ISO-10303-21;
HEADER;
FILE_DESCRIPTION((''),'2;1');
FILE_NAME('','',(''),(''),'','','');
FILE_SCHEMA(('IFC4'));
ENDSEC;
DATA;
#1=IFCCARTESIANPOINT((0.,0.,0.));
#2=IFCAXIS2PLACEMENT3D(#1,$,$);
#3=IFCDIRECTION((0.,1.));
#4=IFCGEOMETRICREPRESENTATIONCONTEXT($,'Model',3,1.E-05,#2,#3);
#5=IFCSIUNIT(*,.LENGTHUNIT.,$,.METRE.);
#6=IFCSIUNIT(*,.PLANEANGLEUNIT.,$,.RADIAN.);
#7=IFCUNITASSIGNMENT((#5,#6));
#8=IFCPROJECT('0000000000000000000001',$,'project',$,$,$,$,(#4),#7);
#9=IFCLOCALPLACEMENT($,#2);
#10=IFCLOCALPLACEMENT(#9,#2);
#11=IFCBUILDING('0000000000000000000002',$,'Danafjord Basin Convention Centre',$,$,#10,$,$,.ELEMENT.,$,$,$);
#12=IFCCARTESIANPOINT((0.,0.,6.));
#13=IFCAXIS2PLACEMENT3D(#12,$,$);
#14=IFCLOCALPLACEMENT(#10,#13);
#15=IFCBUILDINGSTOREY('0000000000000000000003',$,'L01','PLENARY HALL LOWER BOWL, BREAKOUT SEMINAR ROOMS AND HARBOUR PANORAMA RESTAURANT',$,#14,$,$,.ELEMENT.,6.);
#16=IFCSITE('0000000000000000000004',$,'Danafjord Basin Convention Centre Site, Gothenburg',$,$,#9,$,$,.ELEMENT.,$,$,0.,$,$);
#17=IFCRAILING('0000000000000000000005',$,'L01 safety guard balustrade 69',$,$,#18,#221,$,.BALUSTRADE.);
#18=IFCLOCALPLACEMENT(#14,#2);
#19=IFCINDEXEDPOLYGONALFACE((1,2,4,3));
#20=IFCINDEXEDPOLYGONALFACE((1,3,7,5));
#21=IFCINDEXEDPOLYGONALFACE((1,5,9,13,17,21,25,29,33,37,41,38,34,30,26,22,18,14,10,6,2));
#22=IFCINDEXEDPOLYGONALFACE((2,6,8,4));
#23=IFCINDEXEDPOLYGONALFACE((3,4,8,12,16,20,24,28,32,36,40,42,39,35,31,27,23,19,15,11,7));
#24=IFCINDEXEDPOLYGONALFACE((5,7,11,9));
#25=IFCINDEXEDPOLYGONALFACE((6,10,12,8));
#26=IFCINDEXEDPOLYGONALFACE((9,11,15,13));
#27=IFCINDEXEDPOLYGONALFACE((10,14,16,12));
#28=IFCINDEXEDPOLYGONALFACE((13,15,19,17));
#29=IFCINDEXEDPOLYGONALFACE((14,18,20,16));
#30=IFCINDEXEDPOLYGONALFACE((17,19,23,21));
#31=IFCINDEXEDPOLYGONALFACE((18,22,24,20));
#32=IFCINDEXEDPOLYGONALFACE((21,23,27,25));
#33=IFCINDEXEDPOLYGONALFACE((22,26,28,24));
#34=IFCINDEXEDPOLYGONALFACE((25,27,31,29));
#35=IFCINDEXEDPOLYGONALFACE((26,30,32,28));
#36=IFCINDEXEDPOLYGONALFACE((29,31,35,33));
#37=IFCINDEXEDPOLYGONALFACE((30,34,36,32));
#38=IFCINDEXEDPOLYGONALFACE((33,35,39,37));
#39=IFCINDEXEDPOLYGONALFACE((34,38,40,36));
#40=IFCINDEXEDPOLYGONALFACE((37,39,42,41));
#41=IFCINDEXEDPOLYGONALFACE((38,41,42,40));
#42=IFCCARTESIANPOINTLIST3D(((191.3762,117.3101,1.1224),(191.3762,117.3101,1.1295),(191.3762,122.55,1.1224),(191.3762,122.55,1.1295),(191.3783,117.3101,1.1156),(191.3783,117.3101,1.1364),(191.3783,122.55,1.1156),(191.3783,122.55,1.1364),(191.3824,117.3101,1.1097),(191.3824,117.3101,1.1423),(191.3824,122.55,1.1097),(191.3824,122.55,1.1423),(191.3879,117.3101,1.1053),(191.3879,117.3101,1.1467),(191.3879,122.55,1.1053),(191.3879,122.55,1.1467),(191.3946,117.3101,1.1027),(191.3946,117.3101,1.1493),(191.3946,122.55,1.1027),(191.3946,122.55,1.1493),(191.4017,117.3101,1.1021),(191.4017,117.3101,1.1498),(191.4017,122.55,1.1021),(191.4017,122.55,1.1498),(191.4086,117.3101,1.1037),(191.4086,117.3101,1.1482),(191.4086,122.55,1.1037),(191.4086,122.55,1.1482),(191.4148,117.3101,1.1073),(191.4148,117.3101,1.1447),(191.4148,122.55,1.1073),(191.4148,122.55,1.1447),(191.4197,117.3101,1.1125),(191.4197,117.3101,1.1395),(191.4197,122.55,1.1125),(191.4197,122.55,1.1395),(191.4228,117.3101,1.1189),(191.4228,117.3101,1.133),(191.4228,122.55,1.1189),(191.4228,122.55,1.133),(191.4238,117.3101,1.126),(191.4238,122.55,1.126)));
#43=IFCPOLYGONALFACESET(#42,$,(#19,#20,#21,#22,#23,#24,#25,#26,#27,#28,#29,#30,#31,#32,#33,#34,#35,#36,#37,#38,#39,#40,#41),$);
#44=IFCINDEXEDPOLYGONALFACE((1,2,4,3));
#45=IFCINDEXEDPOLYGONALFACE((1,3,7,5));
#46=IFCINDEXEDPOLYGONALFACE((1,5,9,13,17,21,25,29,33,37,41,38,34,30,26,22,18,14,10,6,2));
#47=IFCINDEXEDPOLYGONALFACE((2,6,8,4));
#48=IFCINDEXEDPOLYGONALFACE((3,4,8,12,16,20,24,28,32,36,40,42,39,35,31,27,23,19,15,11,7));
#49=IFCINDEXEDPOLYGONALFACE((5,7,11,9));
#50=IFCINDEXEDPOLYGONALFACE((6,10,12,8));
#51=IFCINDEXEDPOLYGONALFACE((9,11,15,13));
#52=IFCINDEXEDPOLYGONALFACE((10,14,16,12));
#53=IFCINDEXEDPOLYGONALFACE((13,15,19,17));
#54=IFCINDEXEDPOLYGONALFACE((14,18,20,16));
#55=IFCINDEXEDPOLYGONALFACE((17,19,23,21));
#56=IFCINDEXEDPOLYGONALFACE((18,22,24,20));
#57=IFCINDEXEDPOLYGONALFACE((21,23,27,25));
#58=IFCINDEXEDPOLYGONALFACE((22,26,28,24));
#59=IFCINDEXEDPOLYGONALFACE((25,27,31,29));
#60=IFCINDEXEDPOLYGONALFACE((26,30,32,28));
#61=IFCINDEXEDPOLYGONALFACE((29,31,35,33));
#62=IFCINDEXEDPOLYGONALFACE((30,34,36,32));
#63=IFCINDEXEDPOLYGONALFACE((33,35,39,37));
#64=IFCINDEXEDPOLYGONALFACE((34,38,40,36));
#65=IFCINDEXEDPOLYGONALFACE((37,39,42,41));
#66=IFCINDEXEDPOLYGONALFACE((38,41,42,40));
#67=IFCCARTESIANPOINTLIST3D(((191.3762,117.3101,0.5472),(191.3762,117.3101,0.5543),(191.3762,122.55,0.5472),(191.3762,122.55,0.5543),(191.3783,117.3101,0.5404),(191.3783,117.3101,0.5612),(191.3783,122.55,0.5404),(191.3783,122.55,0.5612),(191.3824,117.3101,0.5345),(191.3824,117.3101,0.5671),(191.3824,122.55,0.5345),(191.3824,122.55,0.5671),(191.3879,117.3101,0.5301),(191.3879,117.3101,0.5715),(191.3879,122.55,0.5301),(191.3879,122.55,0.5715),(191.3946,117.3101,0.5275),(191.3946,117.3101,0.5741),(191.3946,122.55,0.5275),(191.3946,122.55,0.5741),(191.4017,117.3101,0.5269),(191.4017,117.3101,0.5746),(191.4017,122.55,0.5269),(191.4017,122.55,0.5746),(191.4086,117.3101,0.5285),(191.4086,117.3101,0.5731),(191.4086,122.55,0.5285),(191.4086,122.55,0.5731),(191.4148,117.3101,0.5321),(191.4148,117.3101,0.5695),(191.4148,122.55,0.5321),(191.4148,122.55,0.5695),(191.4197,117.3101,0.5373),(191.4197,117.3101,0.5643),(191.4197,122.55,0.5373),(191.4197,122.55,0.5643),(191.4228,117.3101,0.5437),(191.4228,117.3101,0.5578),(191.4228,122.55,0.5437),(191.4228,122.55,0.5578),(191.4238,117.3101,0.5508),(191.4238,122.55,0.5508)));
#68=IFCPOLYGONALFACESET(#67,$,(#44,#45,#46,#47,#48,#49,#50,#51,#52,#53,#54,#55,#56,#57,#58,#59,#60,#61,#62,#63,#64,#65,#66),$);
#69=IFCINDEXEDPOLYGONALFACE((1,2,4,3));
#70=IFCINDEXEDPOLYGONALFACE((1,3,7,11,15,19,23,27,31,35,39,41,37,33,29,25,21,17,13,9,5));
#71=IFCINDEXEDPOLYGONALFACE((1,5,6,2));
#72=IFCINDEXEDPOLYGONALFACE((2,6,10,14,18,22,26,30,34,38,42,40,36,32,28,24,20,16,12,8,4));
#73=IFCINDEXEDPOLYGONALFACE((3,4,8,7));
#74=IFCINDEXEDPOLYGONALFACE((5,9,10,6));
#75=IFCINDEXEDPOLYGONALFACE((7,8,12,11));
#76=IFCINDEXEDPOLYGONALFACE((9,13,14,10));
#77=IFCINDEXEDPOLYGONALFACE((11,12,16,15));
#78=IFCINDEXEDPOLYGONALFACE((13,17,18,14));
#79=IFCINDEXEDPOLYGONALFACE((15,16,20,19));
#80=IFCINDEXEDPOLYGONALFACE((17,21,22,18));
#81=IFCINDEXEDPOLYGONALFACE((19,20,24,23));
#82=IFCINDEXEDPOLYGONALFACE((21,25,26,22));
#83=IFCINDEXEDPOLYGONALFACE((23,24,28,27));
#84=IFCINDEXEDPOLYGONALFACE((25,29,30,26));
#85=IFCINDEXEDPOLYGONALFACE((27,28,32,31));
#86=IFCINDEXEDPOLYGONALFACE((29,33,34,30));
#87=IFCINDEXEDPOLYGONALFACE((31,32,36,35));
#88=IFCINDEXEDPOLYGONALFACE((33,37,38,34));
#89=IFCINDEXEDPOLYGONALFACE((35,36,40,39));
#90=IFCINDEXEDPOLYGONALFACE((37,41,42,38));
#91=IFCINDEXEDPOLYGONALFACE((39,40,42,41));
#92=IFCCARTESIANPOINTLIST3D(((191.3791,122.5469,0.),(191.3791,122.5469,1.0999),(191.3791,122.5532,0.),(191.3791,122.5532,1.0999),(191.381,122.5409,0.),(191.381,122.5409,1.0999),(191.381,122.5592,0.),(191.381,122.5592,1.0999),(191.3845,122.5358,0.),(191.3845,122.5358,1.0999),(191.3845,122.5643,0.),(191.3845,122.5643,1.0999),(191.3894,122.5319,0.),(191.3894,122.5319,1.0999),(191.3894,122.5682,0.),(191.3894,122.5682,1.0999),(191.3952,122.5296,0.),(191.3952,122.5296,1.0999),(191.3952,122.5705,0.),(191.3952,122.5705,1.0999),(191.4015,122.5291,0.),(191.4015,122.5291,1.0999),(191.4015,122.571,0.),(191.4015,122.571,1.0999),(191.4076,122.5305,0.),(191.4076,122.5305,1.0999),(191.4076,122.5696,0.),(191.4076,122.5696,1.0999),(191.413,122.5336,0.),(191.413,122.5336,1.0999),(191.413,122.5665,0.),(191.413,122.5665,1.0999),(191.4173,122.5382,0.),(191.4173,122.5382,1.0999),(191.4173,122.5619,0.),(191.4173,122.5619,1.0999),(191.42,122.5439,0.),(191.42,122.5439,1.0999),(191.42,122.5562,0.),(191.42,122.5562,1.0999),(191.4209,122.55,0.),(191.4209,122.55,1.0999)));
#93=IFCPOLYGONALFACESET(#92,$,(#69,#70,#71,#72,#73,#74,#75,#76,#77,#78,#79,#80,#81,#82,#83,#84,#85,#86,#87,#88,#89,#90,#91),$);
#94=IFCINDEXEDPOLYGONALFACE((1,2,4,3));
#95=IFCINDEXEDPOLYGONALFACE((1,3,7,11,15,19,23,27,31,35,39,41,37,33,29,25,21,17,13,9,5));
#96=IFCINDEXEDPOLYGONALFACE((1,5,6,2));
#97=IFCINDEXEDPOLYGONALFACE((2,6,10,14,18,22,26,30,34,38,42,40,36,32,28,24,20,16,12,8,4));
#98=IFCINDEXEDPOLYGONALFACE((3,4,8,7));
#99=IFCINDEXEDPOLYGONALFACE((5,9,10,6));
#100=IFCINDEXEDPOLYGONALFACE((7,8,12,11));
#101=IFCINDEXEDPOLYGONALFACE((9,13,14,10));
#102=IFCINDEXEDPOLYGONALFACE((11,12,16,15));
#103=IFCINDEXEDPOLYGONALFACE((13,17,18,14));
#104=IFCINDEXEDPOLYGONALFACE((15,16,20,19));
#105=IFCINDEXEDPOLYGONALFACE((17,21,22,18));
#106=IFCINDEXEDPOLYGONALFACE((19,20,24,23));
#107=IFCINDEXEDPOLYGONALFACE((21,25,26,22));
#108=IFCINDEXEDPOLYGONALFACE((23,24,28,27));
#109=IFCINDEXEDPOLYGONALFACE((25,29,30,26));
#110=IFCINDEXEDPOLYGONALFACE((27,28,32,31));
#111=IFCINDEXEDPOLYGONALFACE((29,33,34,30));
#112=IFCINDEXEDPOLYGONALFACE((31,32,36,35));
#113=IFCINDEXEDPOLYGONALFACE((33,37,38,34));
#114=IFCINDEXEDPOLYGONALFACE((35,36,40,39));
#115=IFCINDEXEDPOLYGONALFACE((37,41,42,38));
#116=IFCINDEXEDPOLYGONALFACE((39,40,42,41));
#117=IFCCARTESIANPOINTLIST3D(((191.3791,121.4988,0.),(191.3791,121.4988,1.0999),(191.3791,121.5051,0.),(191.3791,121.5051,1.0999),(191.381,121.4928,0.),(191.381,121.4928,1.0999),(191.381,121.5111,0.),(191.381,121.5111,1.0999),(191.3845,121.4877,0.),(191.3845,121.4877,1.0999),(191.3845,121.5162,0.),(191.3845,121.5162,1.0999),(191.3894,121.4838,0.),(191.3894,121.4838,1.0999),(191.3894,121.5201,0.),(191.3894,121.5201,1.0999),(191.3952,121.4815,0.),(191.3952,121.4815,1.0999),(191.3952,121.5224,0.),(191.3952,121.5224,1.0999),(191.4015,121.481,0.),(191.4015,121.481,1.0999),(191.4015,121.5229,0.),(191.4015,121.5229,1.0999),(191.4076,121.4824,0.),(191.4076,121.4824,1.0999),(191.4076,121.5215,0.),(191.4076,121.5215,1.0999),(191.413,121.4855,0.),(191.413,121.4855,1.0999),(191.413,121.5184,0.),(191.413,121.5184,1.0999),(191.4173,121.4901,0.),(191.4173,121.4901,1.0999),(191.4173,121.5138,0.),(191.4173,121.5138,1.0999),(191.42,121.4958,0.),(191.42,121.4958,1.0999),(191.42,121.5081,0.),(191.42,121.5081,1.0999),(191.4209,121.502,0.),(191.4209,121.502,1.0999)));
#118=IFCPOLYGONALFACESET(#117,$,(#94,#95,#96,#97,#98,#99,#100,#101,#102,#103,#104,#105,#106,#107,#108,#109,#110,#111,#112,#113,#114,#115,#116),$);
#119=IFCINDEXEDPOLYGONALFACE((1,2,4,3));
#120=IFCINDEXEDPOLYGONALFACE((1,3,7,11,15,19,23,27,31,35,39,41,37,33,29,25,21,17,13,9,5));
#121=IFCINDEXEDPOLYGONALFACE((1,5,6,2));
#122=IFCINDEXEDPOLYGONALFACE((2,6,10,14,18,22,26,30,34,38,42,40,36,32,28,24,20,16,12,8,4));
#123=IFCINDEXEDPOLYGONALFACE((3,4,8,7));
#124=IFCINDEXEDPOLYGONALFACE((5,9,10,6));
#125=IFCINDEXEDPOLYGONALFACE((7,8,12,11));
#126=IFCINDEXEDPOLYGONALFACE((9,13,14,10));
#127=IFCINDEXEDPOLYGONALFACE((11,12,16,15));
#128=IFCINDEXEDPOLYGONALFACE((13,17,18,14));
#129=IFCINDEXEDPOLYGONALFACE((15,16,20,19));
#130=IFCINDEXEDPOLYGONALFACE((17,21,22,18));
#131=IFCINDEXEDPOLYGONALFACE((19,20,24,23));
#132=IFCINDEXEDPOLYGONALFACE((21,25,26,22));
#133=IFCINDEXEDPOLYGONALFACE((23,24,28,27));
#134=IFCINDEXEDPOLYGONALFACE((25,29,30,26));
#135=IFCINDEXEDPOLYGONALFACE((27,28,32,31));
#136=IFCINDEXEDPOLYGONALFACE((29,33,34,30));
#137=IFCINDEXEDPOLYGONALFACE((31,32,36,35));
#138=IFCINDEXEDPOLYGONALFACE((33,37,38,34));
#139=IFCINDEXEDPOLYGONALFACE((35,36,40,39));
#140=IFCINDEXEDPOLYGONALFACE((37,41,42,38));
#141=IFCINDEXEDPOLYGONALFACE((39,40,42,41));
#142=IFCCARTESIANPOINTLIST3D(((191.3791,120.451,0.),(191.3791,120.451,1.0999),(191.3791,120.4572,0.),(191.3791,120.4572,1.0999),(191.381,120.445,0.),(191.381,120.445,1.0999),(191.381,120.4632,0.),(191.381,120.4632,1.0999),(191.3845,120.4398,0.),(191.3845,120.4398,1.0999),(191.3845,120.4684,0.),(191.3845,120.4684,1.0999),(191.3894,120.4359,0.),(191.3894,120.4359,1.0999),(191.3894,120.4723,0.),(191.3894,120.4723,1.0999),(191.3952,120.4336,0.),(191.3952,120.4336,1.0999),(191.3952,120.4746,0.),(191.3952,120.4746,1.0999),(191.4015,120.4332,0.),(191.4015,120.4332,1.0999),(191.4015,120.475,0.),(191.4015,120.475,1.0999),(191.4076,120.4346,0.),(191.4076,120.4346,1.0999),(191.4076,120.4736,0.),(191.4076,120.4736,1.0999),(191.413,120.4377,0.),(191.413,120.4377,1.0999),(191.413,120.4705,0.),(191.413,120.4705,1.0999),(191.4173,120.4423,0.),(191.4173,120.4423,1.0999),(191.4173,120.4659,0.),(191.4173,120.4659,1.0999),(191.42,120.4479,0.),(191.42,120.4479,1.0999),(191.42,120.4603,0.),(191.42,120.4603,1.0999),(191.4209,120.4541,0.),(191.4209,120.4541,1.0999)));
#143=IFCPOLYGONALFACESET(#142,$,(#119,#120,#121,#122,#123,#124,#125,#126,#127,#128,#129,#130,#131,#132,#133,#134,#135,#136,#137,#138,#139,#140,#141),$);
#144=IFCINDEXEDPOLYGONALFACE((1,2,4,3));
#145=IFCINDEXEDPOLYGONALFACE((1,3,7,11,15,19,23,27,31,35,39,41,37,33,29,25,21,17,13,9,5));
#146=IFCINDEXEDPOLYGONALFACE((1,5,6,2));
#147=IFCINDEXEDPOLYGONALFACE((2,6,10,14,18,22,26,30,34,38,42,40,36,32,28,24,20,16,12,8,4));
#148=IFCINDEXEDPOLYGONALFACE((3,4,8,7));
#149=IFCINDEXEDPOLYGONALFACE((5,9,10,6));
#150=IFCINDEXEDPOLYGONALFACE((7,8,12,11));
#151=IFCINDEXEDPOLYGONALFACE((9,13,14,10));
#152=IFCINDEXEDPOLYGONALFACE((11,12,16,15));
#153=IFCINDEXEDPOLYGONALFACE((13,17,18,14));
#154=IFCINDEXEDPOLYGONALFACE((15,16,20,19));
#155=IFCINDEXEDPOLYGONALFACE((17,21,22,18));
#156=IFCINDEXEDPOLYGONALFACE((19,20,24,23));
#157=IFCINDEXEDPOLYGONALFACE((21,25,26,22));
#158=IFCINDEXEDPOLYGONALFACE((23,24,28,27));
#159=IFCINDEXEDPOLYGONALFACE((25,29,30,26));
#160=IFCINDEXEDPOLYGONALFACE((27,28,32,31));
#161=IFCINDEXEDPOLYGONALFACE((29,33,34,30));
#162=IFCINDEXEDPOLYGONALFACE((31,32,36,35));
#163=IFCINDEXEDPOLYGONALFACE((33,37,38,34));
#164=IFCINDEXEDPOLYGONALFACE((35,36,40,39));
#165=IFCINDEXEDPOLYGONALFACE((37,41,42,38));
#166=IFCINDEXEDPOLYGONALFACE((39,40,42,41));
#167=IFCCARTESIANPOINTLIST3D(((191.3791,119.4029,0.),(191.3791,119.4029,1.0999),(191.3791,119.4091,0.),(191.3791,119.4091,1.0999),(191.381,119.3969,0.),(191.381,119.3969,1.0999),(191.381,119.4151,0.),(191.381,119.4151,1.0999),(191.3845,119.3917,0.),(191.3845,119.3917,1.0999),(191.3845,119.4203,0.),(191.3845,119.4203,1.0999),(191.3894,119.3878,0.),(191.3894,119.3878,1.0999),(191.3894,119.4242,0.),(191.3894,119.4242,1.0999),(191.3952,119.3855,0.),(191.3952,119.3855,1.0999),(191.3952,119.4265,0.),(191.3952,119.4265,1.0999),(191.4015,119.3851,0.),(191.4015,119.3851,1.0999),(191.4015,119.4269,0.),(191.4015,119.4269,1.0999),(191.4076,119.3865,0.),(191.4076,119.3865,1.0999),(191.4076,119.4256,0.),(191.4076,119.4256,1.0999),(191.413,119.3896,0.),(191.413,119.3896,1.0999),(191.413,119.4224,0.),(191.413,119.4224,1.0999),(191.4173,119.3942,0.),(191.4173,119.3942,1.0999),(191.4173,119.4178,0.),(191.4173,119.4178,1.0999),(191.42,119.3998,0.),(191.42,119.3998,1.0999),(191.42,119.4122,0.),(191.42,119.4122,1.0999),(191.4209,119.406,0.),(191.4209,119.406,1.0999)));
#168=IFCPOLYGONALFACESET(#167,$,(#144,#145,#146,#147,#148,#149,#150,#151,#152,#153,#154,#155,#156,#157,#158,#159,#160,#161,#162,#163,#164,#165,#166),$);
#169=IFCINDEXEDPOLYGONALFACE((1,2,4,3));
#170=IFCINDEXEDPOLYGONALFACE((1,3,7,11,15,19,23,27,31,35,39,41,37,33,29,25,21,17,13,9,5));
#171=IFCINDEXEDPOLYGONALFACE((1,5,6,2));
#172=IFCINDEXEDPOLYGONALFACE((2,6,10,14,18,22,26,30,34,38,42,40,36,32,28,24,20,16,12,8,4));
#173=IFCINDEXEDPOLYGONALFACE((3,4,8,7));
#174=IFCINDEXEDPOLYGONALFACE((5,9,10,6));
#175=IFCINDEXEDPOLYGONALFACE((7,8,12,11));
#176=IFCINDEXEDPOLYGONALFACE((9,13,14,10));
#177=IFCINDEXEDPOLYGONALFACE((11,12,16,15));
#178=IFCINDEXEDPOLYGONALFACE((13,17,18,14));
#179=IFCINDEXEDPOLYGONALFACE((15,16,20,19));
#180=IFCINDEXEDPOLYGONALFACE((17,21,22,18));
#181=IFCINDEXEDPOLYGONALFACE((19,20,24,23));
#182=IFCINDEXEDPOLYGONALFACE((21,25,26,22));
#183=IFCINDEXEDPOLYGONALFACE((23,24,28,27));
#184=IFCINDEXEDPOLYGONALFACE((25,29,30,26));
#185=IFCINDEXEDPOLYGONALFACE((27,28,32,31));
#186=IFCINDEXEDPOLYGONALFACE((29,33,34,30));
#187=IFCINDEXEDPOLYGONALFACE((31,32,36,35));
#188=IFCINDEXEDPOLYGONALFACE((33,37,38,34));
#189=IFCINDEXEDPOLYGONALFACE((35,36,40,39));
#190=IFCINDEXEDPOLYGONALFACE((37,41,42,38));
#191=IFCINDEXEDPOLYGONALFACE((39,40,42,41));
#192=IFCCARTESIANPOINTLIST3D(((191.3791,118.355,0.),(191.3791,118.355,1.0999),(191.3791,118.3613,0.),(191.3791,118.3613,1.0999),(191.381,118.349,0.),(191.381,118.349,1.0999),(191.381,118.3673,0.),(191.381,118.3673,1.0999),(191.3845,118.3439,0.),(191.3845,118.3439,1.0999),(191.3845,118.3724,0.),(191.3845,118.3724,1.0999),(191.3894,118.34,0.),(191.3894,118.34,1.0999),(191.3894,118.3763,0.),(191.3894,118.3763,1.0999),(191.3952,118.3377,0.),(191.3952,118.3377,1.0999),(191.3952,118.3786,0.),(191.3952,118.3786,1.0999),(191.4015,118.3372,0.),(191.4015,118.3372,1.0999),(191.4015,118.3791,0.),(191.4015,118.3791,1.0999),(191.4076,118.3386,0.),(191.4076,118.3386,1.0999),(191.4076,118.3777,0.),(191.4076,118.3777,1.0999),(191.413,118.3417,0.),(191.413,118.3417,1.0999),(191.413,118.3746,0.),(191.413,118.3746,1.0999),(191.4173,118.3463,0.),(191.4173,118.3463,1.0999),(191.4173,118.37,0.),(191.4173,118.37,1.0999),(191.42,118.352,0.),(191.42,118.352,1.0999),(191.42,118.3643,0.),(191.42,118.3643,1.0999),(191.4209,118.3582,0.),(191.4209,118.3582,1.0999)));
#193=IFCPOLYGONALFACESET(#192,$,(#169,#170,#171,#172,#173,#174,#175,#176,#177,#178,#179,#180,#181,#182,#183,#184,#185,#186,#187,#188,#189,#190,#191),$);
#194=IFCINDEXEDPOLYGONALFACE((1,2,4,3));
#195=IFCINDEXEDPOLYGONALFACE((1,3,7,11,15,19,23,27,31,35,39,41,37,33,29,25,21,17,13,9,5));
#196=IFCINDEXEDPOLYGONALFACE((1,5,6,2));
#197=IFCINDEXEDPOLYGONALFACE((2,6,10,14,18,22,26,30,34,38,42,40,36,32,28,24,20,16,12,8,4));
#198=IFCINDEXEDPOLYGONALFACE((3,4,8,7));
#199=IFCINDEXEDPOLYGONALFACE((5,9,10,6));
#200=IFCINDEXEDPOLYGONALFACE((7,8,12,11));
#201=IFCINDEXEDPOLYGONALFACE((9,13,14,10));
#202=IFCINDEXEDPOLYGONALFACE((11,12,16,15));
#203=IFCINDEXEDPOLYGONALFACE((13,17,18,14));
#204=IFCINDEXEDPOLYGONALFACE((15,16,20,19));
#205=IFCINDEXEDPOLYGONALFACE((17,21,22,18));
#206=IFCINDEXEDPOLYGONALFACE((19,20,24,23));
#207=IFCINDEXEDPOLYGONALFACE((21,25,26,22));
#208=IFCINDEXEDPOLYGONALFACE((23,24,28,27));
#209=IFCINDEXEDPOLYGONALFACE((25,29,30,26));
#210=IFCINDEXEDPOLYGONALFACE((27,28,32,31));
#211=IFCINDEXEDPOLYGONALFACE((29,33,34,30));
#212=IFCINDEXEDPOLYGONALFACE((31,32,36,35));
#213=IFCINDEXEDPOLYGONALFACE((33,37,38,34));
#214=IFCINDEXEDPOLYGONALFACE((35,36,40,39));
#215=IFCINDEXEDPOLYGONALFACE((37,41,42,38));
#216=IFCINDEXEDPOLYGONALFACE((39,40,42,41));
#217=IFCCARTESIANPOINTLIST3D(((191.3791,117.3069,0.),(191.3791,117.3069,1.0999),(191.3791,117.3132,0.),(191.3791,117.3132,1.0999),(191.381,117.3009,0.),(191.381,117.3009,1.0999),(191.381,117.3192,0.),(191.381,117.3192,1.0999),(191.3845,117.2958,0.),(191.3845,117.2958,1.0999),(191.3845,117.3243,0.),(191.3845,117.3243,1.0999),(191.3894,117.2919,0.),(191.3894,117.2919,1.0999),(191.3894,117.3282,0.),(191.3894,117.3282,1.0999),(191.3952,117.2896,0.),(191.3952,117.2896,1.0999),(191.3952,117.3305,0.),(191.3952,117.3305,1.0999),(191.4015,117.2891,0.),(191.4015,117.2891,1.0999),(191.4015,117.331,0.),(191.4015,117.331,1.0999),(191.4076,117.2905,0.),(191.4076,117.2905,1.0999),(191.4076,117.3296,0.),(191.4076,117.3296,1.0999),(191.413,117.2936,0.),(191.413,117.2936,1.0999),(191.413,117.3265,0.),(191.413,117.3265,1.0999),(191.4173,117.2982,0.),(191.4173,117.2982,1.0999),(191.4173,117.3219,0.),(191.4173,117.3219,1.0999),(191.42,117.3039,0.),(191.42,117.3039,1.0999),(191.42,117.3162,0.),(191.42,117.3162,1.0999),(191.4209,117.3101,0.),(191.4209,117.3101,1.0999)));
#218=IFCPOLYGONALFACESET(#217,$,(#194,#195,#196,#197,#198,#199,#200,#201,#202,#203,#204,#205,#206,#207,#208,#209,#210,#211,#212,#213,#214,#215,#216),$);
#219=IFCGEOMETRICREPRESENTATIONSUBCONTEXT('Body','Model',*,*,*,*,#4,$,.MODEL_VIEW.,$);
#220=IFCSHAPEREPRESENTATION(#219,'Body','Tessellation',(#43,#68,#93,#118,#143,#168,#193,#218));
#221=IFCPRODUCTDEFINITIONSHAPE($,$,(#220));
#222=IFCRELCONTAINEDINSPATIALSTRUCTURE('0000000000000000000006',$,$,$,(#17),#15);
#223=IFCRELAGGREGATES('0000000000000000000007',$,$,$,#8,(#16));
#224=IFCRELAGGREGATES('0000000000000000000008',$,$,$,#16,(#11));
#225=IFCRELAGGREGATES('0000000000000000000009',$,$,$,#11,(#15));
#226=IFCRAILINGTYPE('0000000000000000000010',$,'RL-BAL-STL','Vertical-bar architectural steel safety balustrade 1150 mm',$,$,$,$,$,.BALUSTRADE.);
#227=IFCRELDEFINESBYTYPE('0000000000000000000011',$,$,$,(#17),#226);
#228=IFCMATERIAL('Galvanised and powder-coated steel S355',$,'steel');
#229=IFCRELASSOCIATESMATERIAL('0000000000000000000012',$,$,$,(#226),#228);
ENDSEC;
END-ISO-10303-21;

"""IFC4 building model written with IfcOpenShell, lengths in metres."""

from ifc_helpers import new_model, si_unit, direction, frame, origin, origin_2d, place, context, subcontext, project, spatial, circle, extrude, material, type_object, element, save


model = new_model("IFC4")

# Units and contexts
model_context = context("Model", 3, precision=1e-05, world=origin(), true_north=direction((0.0, 1.0)))
body_context = subcontext(model_context, "Body", "Model", "MODEL_VIEW")
ifc_project = project(units=[si_unit("LENGTHUNIT", "METRE"), si_unit("PLANEANGLEUNIT", "RADIAN")], contexts=[model_context])

# Site, building, storey
site_placement = place(None, origin())
site = spatial("IfcSite", under=ifc_project, at=site_placement, Name="Danafjord Basin Convention Centre Site, Gothenburg", CompositionType="ELEMENT", RefElevation=0.0)
building_placement = place(site_placement, origin())
building = spatial("IfcBuilding", under=site, at=building_placement, Name="Danafjord Basin Convention Centre", CompositionType="ELEMENT")
storey_placement = place(building_placement, frame((0.0, 0.0, 6.0)))
storey = spatial("IfcBuildingStorey", under=building, at=storey_placement, Name="L01", Description="PLENARY HALL LOWER BOWL, BREAKOUT SEMINAR ROOMS AND HARBOUR PANORAMA RESTAURANT", CompositionType="ELEMENT", Elevation=6.0)

# Railing
ifc_material_1 = material(Name="Galvanised and powder-coated steel S355", Category="steel")
railing_type_1 = type_object("IfcRailingType", Name="RL-BAL-STL", Description="Vertical-bar architectural steel safety balustrade 1150 mm", PredefinedType="BALUSTRADE", material=ifc_material_1)
railing_1_placement = place(storey_placement, frame((191.3999, 122.55, 0.0)))
element("IfcRailing", 1, at=railing_1_placement, inside=storey, type_object=railing_type_1, Name="L01 safety guard balustrade 69", PredefinedType="BALUSTRADE", context=body_context, shape_type="SweptSolid", body=[
    extrude(circle(Radius=0.0239, at=origin_2d()), frame((0.0, 0.0, 1.126), z_axis=(0.0, -1.0, 0.0), x_axis=(1.0, 0.0, 0.0)), (0.0, 0.0, 1.0), 5.24),
    extrude(circle(Radius=0.0239, at=origin_2d()), frame((0.0, 0.0, 0.5508), z_axis=(0.0, -1.0, 0.0), x_axis=(1.0, 0.0, 0.0)), (0.0, 0.0, 1.0), 5.24),
    extrude(circle(Radius=0.021, at=origin_2d()), origin(), (0.0, 0.0, 1.0), 1.0999),
    extrude(circle(Radius=0.021, at=origin_2d()), frame((0.0, -1.0481, 0.0)), (0.0, 0.0, 1.0), 1.0999),
    extrude(circle(Radius=0.021, at=origin_2d()), frame((0.0, -2.0959, 0.0)), (0.0, 0.0, 1.0), 1.0999),
    extrude(circle(Radius=0.021, at=origin_2d()), frame((0.0, -3.144, 0.0)), (0.0, 0.0, 1.0), 1.0999),
    extrude(circle(Radius=0.021, at=origin_2d()), frame((0.0, -4.1919, 0.0)), (0.0, 0.0, 1.0), 1.0999),
    extrude(circle(Radius=0.021, at=origin_2d()), frame((0.0, -5.24, 0.0)), (0.0, 0.0, 1.0), 1.0999),
])

save(model, "model.ifc")
